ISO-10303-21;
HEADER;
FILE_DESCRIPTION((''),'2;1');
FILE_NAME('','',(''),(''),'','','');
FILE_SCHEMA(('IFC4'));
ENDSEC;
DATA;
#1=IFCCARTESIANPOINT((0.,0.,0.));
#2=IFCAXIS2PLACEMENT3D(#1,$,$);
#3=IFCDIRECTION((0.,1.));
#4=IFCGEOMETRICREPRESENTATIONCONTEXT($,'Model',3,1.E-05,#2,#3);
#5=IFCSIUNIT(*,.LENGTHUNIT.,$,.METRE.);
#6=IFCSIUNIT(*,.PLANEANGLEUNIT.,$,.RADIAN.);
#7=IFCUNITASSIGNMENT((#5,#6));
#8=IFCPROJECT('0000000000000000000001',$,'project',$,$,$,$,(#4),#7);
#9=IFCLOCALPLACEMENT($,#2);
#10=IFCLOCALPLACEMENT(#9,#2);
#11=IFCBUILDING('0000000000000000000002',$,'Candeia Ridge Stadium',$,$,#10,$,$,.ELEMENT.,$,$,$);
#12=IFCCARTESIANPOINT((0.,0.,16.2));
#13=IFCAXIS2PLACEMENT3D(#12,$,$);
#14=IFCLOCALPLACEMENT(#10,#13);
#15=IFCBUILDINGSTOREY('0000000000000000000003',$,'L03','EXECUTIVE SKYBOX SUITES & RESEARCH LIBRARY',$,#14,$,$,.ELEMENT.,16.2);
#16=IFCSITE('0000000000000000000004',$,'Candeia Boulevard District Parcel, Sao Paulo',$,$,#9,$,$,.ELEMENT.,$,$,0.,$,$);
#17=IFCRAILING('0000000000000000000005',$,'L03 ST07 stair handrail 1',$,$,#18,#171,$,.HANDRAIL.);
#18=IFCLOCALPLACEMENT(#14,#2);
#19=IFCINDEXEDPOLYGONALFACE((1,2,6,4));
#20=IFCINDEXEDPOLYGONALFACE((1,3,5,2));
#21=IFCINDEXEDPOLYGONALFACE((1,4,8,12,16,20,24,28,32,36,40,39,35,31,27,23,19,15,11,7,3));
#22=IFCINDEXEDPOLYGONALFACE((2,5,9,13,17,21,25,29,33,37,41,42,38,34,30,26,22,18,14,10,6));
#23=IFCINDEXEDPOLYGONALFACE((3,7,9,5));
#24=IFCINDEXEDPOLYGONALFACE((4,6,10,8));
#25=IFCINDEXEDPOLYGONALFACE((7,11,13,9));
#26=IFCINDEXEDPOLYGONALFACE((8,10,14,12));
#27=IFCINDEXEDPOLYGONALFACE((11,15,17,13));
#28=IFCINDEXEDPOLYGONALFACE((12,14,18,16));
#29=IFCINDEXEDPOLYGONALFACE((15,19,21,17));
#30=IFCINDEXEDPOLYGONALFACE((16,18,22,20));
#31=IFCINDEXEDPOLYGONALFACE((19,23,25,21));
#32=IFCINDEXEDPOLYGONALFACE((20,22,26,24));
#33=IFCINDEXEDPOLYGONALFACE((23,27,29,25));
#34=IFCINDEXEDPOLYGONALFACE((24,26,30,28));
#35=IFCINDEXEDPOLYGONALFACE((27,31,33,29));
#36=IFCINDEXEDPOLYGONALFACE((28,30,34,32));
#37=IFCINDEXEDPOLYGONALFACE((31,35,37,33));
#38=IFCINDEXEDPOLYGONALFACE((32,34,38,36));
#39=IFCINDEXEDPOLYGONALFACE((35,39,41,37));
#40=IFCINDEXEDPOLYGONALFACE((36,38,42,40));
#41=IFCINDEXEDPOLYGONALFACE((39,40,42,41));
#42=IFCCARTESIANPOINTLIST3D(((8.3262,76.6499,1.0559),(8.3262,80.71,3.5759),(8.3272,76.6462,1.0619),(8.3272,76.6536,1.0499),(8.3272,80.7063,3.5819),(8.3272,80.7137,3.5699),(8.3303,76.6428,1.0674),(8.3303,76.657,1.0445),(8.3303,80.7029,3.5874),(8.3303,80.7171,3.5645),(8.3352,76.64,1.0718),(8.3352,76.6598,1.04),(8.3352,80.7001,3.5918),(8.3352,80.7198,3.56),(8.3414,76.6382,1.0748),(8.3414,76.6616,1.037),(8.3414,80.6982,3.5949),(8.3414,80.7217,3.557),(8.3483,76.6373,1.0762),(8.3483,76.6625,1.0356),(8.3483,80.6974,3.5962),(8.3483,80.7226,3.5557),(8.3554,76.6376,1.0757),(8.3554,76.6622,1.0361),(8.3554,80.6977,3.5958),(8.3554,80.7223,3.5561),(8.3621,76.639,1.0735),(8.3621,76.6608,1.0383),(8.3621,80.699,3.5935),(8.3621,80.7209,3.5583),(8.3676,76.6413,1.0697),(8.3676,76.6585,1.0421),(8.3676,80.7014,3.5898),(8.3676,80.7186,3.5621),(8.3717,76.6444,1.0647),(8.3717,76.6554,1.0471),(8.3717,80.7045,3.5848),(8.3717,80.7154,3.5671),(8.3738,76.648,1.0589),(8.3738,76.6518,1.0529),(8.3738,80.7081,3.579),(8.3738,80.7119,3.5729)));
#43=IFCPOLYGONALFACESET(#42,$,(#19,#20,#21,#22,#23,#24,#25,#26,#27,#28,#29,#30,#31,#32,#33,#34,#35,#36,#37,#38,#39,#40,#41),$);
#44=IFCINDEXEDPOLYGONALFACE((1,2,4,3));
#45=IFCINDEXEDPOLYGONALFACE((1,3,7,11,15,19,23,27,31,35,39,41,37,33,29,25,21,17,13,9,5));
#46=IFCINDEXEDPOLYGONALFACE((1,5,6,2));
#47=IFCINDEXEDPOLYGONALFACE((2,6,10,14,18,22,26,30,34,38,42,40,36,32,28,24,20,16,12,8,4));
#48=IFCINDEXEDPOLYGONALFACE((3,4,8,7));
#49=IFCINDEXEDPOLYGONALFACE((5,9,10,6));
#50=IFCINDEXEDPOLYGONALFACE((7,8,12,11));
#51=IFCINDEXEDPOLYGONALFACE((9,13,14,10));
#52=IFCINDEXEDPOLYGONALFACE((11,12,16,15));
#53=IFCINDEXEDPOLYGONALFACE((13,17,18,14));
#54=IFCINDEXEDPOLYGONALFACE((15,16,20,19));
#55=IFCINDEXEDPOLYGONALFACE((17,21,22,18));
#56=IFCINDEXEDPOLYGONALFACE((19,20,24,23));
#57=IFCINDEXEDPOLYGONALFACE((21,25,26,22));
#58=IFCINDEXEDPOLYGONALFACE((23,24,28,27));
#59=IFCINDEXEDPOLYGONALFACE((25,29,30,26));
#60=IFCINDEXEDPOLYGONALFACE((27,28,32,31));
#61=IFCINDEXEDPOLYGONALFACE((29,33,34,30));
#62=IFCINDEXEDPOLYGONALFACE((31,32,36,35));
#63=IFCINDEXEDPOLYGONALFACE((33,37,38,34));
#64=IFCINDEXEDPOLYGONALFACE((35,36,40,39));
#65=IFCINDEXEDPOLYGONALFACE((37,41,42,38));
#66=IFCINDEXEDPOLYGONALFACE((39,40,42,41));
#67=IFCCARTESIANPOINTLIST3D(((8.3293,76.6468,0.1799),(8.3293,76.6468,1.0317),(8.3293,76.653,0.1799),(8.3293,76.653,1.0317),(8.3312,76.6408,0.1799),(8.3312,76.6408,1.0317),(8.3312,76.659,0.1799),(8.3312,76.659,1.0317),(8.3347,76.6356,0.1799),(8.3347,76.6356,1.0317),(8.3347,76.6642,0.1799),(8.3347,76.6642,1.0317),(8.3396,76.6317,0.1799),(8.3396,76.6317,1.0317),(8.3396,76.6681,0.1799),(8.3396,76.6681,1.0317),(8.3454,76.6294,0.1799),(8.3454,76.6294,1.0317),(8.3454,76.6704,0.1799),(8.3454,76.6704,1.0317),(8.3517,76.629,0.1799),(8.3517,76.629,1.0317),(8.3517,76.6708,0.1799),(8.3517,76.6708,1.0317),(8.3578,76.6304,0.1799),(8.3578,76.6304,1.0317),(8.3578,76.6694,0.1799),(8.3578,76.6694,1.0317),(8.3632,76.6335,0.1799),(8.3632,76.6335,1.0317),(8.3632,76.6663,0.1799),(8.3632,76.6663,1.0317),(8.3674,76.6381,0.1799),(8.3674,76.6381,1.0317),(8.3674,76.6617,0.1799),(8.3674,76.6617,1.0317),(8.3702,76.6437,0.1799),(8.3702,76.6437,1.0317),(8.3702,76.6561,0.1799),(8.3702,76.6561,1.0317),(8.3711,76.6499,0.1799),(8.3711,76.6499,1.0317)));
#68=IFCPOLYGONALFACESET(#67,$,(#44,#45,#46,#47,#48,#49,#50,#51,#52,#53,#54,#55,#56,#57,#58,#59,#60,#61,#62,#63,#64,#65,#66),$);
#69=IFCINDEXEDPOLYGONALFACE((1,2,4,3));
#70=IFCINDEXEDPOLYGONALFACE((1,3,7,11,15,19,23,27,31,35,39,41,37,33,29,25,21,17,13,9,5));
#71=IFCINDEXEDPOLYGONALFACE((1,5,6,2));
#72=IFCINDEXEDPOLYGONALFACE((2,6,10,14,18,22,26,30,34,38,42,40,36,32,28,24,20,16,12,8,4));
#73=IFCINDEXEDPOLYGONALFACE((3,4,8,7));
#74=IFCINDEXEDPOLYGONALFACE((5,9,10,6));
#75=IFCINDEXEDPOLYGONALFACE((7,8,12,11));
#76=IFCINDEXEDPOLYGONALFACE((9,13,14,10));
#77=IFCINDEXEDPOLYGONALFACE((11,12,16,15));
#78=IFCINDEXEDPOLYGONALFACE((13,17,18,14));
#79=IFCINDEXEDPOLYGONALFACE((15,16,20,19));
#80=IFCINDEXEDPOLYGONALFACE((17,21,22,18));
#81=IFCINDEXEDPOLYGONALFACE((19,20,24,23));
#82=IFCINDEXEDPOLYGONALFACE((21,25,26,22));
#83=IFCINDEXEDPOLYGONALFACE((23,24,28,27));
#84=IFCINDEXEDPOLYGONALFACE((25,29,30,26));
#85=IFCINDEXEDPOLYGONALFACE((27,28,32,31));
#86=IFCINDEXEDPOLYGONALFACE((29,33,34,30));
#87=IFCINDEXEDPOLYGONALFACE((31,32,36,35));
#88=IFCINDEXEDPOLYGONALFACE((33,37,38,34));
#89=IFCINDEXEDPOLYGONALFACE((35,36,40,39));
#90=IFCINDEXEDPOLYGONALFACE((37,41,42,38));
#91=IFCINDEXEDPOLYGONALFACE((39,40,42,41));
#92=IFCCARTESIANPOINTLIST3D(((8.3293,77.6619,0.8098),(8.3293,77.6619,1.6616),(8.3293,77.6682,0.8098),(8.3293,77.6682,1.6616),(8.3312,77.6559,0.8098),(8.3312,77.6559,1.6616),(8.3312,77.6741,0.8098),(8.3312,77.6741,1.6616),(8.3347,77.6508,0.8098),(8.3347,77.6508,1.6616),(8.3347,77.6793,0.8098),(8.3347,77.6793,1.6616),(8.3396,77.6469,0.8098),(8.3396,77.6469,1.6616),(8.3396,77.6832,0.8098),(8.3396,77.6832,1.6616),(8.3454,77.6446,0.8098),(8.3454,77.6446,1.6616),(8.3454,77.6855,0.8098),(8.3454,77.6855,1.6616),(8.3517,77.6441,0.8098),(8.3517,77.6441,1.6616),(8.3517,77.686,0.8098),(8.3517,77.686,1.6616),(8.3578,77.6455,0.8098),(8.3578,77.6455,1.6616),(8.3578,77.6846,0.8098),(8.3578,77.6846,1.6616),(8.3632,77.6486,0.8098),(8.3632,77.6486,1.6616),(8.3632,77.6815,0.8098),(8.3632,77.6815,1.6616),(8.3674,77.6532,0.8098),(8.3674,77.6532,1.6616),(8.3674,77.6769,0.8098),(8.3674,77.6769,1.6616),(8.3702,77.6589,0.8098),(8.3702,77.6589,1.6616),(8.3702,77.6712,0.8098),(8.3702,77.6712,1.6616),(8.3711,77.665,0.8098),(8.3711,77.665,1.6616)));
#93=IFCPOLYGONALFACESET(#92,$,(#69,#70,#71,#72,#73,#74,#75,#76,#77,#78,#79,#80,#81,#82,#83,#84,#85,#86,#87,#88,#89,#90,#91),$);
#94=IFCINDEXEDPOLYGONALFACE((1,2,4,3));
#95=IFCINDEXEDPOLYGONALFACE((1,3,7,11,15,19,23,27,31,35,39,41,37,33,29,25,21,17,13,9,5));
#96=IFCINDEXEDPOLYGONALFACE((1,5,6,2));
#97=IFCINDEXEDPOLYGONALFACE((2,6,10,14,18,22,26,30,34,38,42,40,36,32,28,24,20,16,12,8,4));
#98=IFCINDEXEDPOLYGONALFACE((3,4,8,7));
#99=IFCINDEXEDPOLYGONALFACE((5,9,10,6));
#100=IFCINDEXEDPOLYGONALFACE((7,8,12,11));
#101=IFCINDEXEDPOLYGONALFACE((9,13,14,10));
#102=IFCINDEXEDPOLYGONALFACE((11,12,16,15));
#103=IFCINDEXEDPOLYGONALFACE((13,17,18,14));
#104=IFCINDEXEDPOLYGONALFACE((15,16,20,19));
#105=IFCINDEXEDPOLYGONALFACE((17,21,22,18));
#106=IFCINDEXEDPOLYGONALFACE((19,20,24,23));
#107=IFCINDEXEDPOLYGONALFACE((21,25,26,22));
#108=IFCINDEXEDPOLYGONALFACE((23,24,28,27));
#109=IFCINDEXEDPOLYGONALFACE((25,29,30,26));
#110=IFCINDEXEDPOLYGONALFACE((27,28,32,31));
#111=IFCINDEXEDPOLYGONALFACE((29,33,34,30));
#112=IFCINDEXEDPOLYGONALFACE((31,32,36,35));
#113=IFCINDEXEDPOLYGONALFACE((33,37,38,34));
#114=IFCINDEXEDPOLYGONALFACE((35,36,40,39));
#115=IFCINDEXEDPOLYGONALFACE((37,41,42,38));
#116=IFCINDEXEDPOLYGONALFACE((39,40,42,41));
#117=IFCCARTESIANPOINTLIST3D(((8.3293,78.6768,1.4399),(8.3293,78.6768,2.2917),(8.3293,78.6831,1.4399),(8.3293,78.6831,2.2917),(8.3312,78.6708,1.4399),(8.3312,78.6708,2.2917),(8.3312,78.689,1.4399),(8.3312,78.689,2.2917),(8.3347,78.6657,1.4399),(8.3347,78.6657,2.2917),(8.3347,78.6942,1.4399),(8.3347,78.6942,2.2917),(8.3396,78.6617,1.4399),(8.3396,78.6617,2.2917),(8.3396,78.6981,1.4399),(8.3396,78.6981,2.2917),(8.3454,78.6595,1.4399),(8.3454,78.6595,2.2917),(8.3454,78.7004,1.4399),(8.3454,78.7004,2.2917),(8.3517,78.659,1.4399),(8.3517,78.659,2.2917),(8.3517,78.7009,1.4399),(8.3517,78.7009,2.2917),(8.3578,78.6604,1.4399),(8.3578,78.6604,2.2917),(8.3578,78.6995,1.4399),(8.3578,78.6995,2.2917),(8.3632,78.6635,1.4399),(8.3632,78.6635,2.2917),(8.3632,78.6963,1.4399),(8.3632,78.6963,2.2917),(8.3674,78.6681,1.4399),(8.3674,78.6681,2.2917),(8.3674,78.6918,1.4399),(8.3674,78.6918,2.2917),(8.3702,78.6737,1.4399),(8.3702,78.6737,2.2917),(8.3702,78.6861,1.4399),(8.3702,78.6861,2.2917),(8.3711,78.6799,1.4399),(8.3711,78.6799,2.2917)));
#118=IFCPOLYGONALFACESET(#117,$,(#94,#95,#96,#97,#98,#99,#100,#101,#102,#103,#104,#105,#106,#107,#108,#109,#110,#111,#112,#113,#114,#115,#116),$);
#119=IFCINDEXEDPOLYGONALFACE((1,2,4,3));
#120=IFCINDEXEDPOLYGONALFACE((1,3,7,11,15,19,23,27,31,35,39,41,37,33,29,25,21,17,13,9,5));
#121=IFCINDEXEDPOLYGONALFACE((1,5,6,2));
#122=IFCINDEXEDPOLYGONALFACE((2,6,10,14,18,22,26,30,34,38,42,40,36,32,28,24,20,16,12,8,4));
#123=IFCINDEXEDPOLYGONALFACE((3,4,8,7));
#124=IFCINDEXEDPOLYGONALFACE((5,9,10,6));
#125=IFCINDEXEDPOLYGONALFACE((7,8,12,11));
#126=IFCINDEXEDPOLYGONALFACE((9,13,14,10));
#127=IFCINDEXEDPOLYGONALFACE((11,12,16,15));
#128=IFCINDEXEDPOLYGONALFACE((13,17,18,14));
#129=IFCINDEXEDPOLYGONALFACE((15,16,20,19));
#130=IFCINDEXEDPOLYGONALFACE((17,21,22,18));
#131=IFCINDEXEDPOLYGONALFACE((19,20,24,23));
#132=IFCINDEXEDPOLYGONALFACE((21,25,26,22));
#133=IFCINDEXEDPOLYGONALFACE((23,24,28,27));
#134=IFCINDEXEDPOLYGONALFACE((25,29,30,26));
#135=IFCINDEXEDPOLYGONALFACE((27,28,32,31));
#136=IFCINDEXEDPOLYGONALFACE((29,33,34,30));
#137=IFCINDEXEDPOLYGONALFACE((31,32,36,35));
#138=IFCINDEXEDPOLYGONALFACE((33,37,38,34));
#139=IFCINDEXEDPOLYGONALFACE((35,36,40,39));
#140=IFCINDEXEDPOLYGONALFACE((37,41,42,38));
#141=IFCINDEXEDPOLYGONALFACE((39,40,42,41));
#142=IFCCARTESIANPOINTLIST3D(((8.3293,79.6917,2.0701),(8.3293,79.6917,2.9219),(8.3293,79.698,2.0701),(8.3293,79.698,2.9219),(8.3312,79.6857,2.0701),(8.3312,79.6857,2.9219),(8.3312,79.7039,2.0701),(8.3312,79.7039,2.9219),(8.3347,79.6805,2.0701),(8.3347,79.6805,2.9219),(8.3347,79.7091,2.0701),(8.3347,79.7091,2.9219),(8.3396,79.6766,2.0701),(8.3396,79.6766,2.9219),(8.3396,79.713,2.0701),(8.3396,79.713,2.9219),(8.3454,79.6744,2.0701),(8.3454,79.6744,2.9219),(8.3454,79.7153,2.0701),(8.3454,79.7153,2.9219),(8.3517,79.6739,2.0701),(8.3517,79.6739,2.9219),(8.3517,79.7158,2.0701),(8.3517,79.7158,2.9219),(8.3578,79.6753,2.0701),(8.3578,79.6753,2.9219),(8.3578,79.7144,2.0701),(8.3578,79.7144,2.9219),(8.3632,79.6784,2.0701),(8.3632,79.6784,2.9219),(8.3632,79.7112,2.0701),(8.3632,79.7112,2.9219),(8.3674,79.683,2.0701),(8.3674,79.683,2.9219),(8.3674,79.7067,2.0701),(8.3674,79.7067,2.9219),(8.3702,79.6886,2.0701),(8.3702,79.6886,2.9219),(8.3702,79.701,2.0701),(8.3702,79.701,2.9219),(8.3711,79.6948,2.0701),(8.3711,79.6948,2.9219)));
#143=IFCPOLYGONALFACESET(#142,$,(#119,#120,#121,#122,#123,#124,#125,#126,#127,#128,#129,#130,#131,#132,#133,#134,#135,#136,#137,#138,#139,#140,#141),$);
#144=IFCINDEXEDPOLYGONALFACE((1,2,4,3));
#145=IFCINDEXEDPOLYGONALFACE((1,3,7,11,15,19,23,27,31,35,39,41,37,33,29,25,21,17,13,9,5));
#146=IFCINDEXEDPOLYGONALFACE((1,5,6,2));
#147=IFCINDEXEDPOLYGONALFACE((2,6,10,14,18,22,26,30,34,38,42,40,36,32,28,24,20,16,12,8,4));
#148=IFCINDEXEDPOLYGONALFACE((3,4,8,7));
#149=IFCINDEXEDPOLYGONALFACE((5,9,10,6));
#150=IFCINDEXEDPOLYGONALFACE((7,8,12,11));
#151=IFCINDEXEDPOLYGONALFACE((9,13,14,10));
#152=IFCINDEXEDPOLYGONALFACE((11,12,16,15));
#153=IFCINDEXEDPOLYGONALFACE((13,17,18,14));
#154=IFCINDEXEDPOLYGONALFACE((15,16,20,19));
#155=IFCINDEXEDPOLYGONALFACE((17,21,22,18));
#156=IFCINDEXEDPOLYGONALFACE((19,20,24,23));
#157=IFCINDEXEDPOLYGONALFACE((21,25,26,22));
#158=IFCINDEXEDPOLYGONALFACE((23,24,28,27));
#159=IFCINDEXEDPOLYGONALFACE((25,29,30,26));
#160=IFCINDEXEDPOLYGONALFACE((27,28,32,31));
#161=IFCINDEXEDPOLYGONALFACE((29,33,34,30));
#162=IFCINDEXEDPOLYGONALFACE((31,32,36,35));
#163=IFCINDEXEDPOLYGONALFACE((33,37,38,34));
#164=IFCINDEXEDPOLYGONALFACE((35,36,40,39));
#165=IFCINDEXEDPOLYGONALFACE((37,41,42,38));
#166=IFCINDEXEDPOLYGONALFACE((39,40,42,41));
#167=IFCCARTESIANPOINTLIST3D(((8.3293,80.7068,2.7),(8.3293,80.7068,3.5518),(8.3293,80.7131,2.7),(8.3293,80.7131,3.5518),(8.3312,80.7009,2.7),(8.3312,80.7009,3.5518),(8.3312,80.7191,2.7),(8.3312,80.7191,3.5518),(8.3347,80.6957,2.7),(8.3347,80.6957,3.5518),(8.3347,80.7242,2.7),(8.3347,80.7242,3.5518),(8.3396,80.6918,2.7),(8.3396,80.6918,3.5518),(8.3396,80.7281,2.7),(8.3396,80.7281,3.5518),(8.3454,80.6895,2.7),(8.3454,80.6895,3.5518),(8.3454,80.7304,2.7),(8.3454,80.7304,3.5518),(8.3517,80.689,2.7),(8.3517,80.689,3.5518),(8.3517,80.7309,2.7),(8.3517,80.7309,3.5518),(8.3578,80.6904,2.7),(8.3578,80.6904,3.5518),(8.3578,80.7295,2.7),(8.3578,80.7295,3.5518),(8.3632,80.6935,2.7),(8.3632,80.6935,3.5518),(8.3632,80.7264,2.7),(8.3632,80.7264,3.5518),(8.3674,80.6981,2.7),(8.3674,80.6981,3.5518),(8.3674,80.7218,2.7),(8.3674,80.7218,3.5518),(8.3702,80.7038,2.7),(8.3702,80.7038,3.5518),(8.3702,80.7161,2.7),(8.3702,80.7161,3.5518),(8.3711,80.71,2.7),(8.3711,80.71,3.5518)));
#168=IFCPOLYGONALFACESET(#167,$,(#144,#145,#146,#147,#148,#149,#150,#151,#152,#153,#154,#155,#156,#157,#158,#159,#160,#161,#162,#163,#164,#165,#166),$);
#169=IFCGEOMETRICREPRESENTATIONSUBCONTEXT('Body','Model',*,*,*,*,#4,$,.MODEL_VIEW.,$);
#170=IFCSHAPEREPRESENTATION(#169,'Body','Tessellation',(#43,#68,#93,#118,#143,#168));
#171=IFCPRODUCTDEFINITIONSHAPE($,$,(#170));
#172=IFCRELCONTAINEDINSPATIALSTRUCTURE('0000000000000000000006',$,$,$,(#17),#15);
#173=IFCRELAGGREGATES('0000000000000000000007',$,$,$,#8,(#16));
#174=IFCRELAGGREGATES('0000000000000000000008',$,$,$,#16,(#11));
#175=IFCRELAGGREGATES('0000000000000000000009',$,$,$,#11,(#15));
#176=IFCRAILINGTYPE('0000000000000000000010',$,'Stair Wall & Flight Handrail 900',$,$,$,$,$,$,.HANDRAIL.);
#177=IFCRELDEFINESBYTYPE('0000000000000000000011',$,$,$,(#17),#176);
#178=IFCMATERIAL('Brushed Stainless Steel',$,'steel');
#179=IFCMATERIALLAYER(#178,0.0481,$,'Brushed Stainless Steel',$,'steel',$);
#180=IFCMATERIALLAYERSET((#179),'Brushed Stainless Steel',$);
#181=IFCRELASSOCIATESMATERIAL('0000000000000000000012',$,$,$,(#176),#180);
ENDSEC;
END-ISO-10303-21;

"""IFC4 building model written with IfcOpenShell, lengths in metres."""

from ifc_helpers import new_model, si_unit, direction, frame, origin, origin_2d, place, context, subcontext, project, spatial, circle, extrude, material, layer, layer_set, type_object, element, save


model = new_model("IFC4")

# Units and contexts
model_context = context("Model", 3, precision=1e-05, world=origin(), true_north=direction((0.0, 1.0)))
body_context = subcontext(model_context, "Body", "Model", "MODEL_VIEW")
ifc_project = project(units=[si_unit("LENGTHUNIT", "METRE"), si_unit("PLANEANGLEUNIT", "RADIAN")], contexts=[model_context])

# Site, building, storey
site_placement = place(None, origin())
site = spatial("IfcSite", under=ifc_project, at=site_placement, Name="Candeia Boulevard District Parcel, Sao Paulo", CompositionType="ELEMENT", RefElevation=0.0)
building_placement = place(site_placement, origin())
building = spatial("IfcBuilding", under=site, at=building_placement, Name="Candeia Ridge Stadium", CompositionType="ELEMENT")
storey_placement = place(building_placement, frame((0.0, 0.0, 16.2)))
storey = spatial("IfcBuildingStorey", under=building, at=storey_placement, Name="L03", Description="EXECUTIVE SKYBOX SUITES & RESEARCH LIBRARY", CompositionType="ELEMENT", Elevation=16.2)

# Railing
ifc_material_1 = material(Name="Brushed Stainless Steel", Category="steel")
ifc_layer_1 = layer(ifc_material_1, 0.0481, Name="Brushed Stainless Steel", Category="steel")
ifc_layer_set_1 = layer_set([ifc_layer_1], Name="Brushed Stainless Steel")
railing_type_1 = type_object("IfcRailingType", Name="Stair Wall & Flight Handrail 900", PredefinedType="HANDRAIL", material=ifc_layer_set_1)
railing_1_placement = place(storey_placement, frame((8.3501, 76.6499, 0.1799)))
element("IfcRailing", 1, at=railing_1_placement, inside=storey, type_object=railing_type_1, Name="L03 ST07 stair handrail 1", PredefinedType="HANDRAIL", context=body_context, shape_type="SweptSolid", body=[
    extrude(circle(Radius=0.0239, at=origin_2d()), frame((0.0, 0.0, 0.876), z_axis=(0.0, 0.849642, 0.52736), x_axis=(-1.0, 0.0, 0.0)), (0.0, 0.0, 1.0), 4.7786),
    extrude(circle(Radius=0.021, at=origin_2d()), origin(), (0.0, 0.0, 1.0), 0.8518),
    extrude(circle(Radius=0.021, at=origin_2d()), frame((0.0, 1.0151, 0.6299)), (0.0, 0.0, 1.0), 0.8518),
    extrude(circle(Radius=0.021, at=origin_2d()), frame((0.0, 2.03, 1.26)), (0.0, 0.0, 1.0), 0.8518),
    extrude(circle(Radius=0.021, at=origin_2d()), frame((0.0, 3.0449, 1.8901)), (0.0, 0.0, 1.0), 0.8518),
    extrude(circle(Radius=0.021, at=origin_2d()), frame((0.0, 4.0601, 2.52)), (0.0, 0.0, 1.0), 0.8518),
])

save(model, "model.ifc")
